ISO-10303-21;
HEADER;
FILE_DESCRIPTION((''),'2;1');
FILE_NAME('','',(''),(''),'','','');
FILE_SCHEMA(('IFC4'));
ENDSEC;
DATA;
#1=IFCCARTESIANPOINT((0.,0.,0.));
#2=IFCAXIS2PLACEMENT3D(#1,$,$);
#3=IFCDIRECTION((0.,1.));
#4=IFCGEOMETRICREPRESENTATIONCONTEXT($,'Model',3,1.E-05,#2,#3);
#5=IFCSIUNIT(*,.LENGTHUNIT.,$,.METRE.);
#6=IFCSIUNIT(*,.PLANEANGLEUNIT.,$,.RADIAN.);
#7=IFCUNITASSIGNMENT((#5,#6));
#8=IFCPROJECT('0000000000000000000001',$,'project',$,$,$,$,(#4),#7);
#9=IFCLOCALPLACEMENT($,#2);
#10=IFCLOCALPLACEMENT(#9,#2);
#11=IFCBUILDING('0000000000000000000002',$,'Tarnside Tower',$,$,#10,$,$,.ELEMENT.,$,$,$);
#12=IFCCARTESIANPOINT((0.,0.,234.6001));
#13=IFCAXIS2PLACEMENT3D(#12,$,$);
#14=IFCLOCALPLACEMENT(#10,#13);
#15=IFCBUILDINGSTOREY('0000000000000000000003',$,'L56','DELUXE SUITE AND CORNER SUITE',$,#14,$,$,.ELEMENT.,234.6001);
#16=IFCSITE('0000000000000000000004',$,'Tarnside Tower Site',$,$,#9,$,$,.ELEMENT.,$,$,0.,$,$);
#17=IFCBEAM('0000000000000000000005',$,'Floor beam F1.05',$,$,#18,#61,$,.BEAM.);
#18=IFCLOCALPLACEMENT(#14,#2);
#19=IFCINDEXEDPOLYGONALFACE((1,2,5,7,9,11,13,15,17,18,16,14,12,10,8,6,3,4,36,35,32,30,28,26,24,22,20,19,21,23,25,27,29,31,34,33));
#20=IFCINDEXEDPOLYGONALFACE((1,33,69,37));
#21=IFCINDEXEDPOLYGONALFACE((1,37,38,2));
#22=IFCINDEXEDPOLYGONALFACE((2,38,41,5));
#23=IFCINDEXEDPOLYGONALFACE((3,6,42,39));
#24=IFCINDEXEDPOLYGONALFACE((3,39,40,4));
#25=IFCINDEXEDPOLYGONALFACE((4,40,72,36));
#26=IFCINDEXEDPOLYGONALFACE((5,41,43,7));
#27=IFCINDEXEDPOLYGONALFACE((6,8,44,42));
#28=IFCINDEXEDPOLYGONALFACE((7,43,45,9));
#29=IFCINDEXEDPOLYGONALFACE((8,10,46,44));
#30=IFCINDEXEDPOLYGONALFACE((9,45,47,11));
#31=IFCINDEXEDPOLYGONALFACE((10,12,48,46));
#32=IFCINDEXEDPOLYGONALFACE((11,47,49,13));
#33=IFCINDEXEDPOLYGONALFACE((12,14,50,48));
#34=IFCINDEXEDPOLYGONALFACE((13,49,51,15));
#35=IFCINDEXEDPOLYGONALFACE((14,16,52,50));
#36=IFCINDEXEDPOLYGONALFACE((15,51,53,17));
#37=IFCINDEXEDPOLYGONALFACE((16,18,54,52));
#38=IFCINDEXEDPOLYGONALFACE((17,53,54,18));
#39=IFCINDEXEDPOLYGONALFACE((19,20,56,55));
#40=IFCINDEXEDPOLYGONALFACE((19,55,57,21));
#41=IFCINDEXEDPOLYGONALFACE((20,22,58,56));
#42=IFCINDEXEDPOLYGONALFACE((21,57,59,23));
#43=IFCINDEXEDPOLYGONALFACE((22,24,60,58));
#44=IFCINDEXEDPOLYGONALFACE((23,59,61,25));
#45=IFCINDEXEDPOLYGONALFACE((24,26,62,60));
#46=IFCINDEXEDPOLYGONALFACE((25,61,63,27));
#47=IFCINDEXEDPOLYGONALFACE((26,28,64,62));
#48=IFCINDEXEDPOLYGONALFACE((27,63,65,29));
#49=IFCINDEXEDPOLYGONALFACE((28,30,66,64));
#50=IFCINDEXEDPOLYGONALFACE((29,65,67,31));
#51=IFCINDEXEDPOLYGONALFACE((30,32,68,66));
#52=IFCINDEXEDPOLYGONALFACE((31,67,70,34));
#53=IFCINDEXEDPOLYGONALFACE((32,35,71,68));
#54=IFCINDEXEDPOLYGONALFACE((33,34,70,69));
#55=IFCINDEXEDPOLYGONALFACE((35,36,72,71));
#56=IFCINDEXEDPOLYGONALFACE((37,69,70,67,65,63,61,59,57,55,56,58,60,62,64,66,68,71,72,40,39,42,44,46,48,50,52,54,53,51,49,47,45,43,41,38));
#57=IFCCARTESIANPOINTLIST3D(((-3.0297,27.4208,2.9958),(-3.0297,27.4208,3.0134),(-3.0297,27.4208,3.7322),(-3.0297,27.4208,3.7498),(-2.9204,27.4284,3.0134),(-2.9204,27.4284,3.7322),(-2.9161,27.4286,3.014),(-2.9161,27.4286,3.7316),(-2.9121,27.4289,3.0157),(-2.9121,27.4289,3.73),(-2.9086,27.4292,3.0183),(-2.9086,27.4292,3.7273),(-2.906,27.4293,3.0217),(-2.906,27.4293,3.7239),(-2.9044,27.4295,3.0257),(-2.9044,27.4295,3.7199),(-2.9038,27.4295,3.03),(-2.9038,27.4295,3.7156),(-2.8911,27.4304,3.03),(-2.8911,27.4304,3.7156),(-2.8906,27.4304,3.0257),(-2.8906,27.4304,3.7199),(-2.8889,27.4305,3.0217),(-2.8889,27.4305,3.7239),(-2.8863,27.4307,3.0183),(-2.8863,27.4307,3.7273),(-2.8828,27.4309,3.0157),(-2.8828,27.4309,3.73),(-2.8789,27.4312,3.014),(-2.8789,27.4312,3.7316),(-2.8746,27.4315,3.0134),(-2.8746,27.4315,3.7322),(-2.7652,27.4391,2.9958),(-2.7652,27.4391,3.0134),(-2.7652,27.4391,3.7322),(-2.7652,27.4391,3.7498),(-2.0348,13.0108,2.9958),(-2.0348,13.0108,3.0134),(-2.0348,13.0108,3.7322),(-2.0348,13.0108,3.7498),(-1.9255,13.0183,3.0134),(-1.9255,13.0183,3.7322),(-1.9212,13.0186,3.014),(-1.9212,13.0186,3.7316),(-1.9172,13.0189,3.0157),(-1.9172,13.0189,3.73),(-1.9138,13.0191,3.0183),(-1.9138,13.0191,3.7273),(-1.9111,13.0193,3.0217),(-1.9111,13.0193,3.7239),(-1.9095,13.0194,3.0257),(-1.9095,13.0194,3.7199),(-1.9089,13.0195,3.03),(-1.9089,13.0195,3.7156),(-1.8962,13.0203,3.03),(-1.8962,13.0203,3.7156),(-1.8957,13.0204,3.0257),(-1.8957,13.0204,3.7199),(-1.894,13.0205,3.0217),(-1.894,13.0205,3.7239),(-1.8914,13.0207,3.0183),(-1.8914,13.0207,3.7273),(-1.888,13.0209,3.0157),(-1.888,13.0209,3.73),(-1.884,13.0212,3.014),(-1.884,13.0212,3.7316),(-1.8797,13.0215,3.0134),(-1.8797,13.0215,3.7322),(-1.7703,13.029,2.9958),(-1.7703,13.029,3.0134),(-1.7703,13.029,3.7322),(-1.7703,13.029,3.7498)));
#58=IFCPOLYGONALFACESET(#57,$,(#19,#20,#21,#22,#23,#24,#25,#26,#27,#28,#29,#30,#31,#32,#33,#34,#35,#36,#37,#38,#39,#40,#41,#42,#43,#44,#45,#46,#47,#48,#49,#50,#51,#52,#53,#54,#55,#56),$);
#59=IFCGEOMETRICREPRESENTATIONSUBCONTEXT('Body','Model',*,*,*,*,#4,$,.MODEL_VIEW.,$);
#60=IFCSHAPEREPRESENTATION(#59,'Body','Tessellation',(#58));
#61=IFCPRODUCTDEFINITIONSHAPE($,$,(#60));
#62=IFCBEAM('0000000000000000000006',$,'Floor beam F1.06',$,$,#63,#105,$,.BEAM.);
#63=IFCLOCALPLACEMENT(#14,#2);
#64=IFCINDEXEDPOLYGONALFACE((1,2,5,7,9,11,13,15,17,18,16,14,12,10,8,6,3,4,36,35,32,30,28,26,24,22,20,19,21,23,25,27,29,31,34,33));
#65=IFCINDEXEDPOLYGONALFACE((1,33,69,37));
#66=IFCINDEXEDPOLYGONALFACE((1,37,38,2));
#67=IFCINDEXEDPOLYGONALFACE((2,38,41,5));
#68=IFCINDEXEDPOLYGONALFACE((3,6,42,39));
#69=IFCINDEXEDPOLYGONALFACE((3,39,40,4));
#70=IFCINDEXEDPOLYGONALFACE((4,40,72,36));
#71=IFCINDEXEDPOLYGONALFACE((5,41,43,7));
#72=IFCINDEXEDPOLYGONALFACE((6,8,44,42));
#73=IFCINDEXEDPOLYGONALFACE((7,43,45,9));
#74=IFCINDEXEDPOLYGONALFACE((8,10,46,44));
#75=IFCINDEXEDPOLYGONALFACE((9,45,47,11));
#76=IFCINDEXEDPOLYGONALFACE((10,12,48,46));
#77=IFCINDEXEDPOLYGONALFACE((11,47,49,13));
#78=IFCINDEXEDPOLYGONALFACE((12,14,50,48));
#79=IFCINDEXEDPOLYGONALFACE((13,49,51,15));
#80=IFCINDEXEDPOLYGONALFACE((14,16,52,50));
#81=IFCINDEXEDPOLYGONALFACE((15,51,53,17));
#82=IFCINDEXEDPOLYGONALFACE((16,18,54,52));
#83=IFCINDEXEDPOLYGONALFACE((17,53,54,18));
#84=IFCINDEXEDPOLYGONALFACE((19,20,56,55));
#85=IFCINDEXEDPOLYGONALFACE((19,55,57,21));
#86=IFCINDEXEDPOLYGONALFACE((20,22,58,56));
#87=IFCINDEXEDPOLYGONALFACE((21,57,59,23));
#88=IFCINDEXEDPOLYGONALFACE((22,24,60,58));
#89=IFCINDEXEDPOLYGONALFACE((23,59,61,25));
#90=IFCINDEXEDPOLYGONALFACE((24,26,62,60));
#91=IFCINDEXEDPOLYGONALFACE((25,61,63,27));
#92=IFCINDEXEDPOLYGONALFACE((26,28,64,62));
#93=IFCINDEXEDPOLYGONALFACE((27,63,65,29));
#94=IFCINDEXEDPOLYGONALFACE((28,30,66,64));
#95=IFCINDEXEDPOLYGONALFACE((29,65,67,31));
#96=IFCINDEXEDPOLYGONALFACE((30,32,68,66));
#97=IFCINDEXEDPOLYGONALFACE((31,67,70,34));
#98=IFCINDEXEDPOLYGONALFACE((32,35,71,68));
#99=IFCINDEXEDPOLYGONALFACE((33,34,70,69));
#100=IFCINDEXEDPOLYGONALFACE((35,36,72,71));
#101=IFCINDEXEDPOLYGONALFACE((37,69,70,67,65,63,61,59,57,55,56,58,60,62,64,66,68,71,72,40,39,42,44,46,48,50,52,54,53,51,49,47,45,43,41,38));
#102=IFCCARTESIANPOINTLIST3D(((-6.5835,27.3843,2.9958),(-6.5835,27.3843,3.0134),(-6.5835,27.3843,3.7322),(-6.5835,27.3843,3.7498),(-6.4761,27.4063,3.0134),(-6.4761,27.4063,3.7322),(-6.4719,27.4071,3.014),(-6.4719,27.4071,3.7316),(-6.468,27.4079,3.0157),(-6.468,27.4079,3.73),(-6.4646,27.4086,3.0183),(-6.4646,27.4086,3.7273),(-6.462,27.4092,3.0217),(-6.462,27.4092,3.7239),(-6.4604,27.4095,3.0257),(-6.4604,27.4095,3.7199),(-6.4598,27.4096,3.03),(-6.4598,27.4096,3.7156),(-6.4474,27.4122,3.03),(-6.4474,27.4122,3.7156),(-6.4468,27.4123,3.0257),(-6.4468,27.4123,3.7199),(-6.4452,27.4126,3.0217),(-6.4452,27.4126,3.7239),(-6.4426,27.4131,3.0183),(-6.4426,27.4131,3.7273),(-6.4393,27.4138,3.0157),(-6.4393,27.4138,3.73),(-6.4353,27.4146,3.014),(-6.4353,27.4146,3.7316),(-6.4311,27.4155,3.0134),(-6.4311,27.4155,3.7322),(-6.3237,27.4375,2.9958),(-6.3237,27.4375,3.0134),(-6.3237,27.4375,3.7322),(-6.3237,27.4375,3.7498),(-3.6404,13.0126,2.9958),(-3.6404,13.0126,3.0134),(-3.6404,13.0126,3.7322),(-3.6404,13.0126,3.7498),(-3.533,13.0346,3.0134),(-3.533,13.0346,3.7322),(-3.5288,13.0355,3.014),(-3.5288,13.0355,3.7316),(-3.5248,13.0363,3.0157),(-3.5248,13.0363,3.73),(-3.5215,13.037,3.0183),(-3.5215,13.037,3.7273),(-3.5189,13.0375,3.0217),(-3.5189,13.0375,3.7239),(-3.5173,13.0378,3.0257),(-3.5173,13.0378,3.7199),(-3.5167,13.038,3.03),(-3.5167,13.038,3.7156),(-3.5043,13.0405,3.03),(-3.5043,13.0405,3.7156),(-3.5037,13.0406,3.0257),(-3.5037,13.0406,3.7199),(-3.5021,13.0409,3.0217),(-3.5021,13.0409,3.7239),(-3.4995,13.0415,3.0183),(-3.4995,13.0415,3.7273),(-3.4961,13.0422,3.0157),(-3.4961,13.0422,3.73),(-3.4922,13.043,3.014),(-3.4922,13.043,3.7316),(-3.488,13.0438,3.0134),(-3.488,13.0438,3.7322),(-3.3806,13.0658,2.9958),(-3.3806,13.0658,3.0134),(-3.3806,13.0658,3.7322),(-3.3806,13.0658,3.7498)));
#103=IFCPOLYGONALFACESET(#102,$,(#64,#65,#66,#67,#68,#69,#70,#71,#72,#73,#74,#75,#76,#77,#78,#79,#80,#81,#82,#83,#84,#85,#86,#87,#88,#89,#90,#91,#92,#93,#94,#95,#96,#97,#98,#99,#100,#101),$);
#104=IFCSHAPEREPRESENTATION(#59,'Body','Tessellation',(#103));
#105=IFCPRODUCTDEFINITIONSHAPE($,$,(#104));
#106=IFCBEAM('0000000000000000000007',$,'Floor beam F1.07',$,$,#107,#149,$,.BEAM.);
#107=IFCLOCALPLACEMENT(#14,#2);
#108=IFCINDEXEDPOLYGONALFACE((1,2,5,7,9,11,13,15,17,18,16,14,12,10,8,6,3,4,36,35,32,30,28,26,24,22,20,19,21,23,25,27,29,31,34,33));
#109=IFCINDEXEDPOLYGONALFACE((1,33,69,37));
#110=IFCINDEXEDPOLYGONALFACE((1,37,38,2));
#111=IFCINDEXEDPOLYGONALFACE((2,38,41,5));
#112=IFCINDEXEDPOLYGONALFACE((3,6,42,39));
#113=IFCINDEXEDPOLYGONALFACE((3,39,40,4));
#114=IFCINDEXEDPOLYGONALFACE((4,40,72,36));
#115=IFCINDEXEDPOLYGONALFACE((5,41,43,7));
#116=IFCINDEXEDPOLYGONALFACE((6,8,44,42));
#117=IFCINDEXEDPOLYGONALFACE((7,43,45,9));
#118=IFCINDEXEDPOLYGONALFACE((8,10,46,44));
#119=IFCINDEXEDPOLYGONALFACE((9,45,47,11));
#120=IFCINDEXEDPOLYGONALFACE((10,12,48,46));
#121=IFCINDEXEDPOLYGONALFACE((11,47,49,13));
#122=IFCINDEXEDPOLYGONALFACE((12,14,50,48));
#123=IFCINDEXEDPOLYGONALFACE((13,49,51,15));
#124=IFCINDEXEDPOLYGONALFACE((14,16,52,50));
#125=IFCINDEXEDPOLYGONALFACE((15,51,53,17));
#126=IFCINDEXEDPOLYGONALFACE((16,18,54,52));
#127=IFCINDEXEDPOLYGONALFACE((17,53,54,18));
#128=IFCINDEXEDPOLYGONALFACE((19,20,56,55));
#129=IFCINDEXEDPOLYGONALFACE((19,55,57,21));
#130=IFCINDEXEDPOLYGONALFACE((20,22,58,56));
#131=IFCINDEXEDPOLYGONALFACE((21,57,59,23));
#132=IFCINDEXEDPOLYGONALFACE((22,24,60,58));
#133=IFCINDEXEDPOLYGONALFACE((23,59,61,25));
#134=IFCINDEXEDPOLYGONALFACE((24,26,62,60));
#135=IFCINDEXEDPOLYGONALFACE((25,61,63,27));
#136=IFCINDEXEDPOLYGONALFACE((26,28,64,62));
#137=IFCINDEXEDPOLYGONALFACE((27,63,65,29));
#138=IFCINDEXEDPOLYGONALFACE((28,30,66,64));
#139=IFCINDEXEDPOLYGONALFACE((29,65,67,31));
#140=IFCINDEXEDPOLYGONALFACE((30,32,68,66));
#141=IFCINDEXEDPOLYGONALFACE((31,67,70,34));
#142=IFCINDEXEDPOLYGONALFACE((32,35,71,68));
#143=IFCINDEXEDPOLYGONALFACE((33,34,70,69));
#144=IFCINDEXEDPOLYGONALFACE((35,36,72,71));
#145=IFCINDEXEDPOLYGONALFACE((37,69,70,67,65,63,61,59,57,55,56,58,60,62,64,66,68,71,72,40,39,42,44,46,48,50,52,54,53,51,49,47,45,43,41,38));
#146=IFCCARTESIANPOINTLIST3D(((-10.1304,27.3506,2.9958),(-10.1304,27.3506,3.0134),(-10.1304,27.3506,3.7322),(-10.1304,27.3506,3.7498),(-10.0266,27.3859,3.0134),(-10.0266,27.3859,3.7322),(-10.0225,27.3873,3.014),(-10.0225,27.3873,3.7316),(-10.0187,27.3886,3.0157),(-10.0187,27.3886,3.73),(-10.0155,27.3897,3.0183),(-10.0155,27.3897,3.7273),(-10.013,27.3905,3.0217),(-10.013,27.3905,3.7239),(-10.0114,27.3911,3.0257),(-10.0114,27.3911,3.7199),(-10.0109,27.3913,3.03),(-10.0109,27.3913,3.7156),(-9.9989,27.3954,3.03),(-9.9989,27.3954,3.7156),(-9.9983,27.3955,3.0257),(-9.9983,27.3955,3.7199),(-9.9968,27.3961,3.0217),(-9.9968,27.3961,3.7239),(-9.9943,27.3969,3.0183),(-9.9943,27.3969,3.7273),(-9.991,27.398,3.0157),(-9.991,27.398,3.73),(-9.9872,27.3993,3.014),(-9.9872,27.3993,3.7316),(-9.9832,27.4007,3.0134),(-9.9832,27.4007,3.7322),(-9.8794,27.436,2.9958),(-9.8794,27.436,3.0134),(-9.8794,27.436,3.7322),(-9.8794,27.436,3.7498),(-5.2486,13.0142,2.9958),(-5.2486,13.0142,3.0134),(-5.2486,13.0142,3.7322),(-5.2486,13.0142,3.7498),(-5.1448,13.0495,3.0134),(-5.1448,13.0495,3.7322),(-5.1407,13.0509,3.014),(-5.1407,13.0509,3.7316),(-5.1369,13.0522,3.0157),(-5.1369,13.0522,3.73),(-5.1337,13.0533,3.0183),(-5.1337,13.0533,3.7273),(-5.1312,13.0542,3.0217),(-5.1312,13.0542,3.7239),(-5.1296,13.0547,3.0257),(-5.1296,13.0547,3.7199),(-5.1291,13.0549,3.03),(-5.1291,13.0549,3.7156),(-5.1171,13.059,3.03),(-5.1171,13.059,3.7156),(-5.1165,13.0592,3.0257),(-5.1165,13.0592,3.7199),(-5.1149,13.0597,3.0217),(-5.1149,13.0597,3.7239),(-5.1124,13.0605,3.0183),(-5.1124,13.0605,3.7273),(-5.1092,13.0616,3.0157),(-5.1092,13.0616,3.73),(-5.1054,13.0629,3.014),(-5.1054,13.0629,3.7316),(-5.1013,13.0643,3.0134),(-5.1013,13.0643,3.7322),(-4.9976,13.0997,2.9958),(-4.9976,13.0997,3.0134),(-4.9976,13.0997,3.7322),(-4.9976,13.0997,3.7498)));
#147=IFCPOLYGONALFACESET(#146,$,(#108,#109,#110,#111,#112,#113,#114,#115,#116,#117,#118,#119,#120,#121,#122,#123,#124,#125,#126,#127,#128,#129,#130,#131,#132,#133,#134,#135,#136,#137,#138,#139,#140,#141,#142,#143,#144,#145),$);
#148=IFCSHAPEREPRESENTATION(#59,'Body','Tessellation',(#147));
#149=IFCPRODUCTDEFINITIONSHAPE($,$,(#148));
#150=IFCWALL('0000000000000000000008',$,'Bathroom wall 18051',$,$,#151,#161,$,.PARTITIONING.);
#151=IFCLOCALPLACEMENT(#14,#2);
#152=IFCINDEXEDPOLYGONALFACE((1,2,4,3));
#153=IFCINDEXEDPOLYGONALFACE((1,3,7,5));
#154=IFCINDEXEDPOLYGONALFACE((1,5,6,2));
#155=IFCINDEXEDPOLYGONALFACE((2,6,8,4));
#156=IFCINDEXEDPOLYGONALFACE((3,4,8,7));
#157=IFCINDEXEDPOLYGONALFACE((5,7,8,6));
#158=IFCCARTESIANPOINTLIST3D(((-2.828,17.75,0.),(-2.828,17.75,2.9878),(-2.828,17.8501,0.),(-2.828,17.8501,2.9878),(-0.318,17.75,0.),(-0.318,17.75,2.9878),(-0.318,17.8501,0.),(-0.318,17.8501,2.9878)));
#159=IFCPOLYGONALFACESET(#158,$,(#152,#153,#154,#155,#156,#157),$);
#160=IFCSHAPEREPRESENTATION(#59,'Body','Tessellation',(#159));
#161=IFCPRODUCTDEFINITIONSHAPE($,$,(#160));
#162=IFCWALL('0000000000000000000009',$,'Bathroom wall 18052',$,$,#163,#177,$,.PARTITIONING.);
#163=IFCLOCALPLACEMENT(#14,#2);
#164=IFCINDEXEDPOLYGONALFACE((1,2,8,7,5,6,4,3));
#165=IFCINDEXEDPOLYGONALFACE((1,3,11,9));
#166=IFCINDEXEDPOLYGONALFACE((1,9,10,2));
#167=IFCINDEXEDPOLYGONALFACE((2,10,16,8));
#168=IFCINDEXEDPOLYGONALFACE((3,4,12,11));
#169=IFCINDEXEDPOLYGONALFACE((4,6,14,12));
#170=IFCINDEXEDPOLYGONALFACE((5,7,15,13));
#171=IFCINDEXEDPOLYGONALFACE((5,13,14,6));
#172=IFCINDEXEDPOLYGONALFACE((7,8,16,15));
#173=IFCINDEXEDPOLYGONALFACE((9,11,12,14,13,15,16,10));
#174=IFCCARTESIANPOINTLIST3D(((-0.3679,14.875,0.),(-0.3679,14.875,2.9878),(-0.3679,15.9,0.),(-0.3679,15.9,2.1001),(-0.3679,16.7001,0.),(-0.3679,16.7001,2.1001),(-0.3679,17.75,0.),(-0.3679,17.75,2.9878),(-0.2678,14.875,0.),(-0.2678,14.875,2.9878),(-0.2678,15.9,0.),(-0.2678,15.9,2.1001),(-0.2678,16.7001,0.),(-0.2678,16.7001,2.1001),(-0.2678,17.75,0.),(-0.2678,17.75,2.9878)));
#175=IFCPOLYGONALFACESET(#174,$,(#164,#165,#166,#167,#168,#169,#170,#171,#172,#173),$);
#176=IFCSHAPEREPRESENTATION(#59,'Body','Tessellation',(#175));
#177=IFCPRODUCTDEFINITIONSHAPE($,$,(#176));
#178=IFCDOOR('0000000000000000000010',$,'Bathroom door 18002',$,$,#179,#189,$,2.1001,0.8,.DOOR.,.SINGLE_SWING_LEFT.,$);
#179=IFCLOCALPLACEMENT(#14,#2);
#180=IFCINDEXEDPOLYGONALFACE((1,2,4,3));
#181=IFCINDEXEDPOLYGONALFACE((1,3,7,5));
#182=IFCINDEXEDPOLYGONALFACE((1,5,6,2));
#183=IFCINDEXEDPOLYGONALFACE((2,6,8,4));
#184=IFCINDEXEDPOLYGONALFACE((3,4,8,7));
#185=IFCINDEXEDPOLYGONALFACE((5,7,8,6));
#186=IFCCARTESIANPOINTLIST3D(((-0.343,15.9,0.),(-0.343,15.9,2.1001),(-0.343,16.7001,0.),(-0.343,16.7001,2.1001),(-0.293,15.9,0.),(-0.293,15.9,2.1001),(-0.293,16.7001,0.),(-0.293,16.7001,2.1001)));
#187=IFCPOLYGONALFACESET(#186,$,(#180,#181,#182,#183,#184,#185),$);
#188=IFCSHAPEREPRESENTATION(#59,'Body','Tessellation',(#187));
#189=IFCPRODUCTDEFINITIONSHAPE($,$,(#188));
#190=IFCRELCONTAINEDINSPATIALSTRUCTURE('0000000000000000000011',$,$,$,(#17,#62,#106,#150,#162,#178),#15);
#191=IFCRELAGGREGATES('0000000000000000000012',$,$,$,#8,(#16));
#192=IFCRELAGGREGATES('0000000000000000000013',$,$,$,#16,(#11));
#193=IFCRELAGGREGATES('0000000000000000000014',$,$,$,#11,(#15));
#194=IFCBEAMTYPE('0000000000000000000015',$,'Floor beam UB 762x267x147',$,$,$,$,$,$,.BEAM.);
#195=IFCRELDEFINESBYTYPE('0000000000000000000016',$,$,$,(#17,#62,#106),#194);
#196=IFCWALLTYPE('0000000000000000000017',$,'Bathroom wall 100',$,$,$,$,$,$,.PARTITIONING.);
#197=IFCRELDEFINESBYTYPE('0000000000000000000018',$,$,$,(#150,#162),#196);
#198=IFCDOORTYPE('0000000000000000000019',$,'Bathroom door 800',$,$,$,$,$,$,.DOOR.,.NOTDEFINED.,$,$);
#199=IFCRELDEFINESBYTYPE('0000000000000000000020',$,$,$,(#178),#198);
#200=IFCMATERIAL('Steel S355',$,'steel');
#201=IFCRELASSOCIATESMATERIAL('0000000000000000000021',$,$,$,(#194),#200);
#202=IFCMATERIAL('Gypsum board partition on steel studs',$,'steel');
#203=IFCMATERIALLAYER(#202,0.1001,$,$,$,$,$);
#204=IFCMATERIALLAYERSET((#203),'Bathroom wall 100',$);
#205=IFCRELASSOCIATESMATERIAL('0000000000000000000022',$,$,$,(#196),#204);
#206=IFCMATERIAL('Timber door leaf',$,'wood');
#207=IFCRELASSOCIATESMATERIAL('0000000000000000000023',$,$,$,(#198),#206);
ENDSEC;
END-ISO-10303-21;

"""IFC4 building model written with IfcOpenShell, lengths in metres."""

from ifc_helpers import new_model, si_unit, direction, frame, frame_2d, origin, origin_2d, place, context, subcontext, project, spatial, rectangle, i_section, extrude, material, layer, layer_set, material_profile, profile_set, type_object, element, fill, save


model = new_model("IFC4")

# Units and contexts
model_context = context("Model", 3, precision=1e-05, world=origin(), true_north=direction((0.0, 1.0)))
body_context = subcontext(model_context, "Body", "Model", "MODEL_VIEW")
ifc_project = project(units=[si_unit("LENGTHUNIT", "METRE"), si_unit("PLANEANGLEUNIT", "RADIAN")], contexts=[model_context])

# Site, building, storey
site_placement = place(None, origin())
site = spatial("IfcSite", under=ifc_project, at=site_placement, Name="Tarnside Tower Site", CompositionType="ELEMENT", RefElevation=0.0)
building_placement = place(site_placement, origin())
building = spatial("IfcBuilding", under=site, at=building_placement, Name="Tarnside Tower", CompositionType="ELEMENT")
storey_placement = place(building_placement, frame((0.0, 0.0, 234.6001)))
storey = spatial("IfcBuildingStorey", under=building, at=storey_placement, Name="L56", Description="DELUXE SUITE AND CORNER SUITE", CompositionType="ELEMENT", Elevation=234.6001)

# Beams
ifc_material_1 = material(Name="Steel S355", Category="steel")
ifc_material_profile = material_profile(ifc_material_1, i_section(OverallWidth=0.2651, OverallDepth=0.7539, WebThickness=0.0127, FlangeThickness=0.0176, FilletRadius=0.0166, at=origin_2d()), Name="UB 762x267x147")
ifc_profile_set = profile_set([ifc_material_profile], Name="Steel S355")
beam_type = type_object("IfcBeamType", Name="Floor beam UB 762x267x147", PredefinedType="BEAM", material=ifc_profile_set)
beam_1_placement = place(storey_placement, frame((-2.8975, 27.4299, 3.3728), z_axis=(0.068877, -0.997625, 0.0), x_axis=(0.997625, 0.068877, 0.0)))
element("IfcBeam", 1, at=beam_1_placement, inside=storey, type_object=beam_type, Name="Floor beam F1.05", PredefinedType="BEAM", context=body_context, shape_type="SweptSolid", body=[
    extrude(i_section(OverallWidth=0.2651, OverallDepth=0.7539, WebThickness=0.0127, FlangeThickness=0.0176, FilletRadius=0.0166, at=origin_2d()), origin(), (0.0, 0.0, 1.0), 14.4443),
])
beam_2_placement = place(storey_placement, frame((-6.4536, 27.4109, 3.3728), z_axis=(0.200623, -0.979668, 0.0), x_axis=(0.979668, 0.200623, 0.0)))
element("IfcBeam", 2, at=beam_2_placement, inside=storey, type_object=beam_type, Name="Floor beam F1.06", PredefinedType="BEAM", context=body_context, shape_type="SweptSolid", body=[
    extrude(i_section(OverallWidth=0.2651, OverallDepth=0.7539, WebThickness=0.0127, FlangeThickness=0.0176, FilletRadius=0.0166, at=origin_2d()), origin(), (0.0, 0.0, 1.0), 14.6699),
])
beam_3_placement = place(storey_placement, frame((-10.0049, 27.3933, 3.3728), z_axis=(0.322344, -0.946623, 0.0), x_axis=(0.946623, 0.322344, 0.0)))
element("IfcBeam", 3, at=beam_3_placement, inside=storey, type_object=beam_type, Name="Floor beam F1.07", PredefinedType="BEAM", context=body_context, shape_type="SweptSolid", body=[
    extrude(i_section(OverallWidth=0.2651, OverallDepth=0.7539, WebThickness=0.0127, FlangeThickness=0.0176, FilletRadius=0.0166, at=origin_2d()), origin(), (0.0, 0.0, 1.0), 15.1448),
])

# Wall
ifc_material_2 = material(Name="Gypsum board partition on steel studs", Category="steel")
ifc_layer_1 = layer(ifc_material_2, 0.1001)
ifc_layer_set_1 = layer_set([ifc_layer_1], Name="Bathroom wall 100")
wall_type_1 = type_object("IfcWallType", Name="Bathroom wall 100", PredefinedType="PARTITIONING", material=ifc_layer_set_1)
wall_1_placement = place(storey_placement, frame((-2.8279, 17.8, 0.0), z_axis=(0.0, 0.0, 1.0), x_axis=(1.0, 0.0, 0.0)))
element("IfcWall", 4, at=wall_1_placement, inside=storey, type_object=wall_type_1, Name="Bathroom wall 18051", PredefinedType="PARTITIONING", context=body_context, shape_type="SweptSolid", body=[
    extrude(rectangle(XDim=2.51, YDim=0.1001, at=frame_2d((1.2549, 0.0))), origin(), (0.0, 0.0, 1.0), 2.9878),
])

# Wall, opening, door
wall_2_placement = place(storey_placement, frame((-0.3179, 17.75, 0.0), z_axis=(0.0, 0.0, 1.0), x_axis=(0.0, -1.0, 0.0)))
wall_2 = element("IfcWall", 5, at=wall_2_placement, inside=storey, type_object=wall_type_1, Name="Bathroom wall 18052", PredefinedType="PARTITIONING", context=body_context, shape_type="SweptSolid", body=[
    extrude(rectangle(XDim=2.875, YDim=0.1001, at=frame_2d((1.4375, 0.0))), origin(), (0.0, 0.0, 1.0), 2.9878),
])
opening_1_placement = place(wall_2_placement, frame((1.05, 0.0, 0.0)))
opening_1 = element("IfcOpeningElement", 6, at=opening_1_placement, cuts=wall_2, PredefinedType="OPENING", context=body_context, shape_type="SweptSolid", body=[
    extrude(rectangle(XDim=0.8, YDim=2.1001, at=frame_2d((0.3999, 1.05))), frame((0.0, 0.0601, 0.0), z_axis=(0.0, -1.0, 0.0), x_axis=(1.0, 0.0, 0.0)), (0.0, 0.0, 1.0), 0.1201),
])
ifc_material_3 = material(Name="Timber door leaf", Category="wood")
door_type_1 = type_object("IfcDoorType", Name="Bathroom door 800", OperationType="NOTDEFINED", PredefinedType="DOOR", material=ifc_material_3)
door_1_placement = place(opening_1_placement, origin())
door_1 = element("IfcDoor", 7, at=door_1_placement, inside=storey, type_object=door_type_1, Name="Bathroom door 18002", OperationType="SINGLE_SWING_LEFT", OverallHeight=2.1001, OverallWidth=0.8, PredefinedType="DOOR", context=body_context, shape_type="SweptSolid", body=[
    extrude(rectangle(XDim=0.8, YDim=2.1001, at=frame_2d((0.3999, 1.05))), frame((0.0, 0.0249, 0.0), z_axis=(0.0, -1.0, 0.0), x_axis=(1.0, 0.0, 0.0)), (0.0, 0.0, 1.0), 0.05),
])
fill(opening_1, door_1)

save(model, "model.ifc")
